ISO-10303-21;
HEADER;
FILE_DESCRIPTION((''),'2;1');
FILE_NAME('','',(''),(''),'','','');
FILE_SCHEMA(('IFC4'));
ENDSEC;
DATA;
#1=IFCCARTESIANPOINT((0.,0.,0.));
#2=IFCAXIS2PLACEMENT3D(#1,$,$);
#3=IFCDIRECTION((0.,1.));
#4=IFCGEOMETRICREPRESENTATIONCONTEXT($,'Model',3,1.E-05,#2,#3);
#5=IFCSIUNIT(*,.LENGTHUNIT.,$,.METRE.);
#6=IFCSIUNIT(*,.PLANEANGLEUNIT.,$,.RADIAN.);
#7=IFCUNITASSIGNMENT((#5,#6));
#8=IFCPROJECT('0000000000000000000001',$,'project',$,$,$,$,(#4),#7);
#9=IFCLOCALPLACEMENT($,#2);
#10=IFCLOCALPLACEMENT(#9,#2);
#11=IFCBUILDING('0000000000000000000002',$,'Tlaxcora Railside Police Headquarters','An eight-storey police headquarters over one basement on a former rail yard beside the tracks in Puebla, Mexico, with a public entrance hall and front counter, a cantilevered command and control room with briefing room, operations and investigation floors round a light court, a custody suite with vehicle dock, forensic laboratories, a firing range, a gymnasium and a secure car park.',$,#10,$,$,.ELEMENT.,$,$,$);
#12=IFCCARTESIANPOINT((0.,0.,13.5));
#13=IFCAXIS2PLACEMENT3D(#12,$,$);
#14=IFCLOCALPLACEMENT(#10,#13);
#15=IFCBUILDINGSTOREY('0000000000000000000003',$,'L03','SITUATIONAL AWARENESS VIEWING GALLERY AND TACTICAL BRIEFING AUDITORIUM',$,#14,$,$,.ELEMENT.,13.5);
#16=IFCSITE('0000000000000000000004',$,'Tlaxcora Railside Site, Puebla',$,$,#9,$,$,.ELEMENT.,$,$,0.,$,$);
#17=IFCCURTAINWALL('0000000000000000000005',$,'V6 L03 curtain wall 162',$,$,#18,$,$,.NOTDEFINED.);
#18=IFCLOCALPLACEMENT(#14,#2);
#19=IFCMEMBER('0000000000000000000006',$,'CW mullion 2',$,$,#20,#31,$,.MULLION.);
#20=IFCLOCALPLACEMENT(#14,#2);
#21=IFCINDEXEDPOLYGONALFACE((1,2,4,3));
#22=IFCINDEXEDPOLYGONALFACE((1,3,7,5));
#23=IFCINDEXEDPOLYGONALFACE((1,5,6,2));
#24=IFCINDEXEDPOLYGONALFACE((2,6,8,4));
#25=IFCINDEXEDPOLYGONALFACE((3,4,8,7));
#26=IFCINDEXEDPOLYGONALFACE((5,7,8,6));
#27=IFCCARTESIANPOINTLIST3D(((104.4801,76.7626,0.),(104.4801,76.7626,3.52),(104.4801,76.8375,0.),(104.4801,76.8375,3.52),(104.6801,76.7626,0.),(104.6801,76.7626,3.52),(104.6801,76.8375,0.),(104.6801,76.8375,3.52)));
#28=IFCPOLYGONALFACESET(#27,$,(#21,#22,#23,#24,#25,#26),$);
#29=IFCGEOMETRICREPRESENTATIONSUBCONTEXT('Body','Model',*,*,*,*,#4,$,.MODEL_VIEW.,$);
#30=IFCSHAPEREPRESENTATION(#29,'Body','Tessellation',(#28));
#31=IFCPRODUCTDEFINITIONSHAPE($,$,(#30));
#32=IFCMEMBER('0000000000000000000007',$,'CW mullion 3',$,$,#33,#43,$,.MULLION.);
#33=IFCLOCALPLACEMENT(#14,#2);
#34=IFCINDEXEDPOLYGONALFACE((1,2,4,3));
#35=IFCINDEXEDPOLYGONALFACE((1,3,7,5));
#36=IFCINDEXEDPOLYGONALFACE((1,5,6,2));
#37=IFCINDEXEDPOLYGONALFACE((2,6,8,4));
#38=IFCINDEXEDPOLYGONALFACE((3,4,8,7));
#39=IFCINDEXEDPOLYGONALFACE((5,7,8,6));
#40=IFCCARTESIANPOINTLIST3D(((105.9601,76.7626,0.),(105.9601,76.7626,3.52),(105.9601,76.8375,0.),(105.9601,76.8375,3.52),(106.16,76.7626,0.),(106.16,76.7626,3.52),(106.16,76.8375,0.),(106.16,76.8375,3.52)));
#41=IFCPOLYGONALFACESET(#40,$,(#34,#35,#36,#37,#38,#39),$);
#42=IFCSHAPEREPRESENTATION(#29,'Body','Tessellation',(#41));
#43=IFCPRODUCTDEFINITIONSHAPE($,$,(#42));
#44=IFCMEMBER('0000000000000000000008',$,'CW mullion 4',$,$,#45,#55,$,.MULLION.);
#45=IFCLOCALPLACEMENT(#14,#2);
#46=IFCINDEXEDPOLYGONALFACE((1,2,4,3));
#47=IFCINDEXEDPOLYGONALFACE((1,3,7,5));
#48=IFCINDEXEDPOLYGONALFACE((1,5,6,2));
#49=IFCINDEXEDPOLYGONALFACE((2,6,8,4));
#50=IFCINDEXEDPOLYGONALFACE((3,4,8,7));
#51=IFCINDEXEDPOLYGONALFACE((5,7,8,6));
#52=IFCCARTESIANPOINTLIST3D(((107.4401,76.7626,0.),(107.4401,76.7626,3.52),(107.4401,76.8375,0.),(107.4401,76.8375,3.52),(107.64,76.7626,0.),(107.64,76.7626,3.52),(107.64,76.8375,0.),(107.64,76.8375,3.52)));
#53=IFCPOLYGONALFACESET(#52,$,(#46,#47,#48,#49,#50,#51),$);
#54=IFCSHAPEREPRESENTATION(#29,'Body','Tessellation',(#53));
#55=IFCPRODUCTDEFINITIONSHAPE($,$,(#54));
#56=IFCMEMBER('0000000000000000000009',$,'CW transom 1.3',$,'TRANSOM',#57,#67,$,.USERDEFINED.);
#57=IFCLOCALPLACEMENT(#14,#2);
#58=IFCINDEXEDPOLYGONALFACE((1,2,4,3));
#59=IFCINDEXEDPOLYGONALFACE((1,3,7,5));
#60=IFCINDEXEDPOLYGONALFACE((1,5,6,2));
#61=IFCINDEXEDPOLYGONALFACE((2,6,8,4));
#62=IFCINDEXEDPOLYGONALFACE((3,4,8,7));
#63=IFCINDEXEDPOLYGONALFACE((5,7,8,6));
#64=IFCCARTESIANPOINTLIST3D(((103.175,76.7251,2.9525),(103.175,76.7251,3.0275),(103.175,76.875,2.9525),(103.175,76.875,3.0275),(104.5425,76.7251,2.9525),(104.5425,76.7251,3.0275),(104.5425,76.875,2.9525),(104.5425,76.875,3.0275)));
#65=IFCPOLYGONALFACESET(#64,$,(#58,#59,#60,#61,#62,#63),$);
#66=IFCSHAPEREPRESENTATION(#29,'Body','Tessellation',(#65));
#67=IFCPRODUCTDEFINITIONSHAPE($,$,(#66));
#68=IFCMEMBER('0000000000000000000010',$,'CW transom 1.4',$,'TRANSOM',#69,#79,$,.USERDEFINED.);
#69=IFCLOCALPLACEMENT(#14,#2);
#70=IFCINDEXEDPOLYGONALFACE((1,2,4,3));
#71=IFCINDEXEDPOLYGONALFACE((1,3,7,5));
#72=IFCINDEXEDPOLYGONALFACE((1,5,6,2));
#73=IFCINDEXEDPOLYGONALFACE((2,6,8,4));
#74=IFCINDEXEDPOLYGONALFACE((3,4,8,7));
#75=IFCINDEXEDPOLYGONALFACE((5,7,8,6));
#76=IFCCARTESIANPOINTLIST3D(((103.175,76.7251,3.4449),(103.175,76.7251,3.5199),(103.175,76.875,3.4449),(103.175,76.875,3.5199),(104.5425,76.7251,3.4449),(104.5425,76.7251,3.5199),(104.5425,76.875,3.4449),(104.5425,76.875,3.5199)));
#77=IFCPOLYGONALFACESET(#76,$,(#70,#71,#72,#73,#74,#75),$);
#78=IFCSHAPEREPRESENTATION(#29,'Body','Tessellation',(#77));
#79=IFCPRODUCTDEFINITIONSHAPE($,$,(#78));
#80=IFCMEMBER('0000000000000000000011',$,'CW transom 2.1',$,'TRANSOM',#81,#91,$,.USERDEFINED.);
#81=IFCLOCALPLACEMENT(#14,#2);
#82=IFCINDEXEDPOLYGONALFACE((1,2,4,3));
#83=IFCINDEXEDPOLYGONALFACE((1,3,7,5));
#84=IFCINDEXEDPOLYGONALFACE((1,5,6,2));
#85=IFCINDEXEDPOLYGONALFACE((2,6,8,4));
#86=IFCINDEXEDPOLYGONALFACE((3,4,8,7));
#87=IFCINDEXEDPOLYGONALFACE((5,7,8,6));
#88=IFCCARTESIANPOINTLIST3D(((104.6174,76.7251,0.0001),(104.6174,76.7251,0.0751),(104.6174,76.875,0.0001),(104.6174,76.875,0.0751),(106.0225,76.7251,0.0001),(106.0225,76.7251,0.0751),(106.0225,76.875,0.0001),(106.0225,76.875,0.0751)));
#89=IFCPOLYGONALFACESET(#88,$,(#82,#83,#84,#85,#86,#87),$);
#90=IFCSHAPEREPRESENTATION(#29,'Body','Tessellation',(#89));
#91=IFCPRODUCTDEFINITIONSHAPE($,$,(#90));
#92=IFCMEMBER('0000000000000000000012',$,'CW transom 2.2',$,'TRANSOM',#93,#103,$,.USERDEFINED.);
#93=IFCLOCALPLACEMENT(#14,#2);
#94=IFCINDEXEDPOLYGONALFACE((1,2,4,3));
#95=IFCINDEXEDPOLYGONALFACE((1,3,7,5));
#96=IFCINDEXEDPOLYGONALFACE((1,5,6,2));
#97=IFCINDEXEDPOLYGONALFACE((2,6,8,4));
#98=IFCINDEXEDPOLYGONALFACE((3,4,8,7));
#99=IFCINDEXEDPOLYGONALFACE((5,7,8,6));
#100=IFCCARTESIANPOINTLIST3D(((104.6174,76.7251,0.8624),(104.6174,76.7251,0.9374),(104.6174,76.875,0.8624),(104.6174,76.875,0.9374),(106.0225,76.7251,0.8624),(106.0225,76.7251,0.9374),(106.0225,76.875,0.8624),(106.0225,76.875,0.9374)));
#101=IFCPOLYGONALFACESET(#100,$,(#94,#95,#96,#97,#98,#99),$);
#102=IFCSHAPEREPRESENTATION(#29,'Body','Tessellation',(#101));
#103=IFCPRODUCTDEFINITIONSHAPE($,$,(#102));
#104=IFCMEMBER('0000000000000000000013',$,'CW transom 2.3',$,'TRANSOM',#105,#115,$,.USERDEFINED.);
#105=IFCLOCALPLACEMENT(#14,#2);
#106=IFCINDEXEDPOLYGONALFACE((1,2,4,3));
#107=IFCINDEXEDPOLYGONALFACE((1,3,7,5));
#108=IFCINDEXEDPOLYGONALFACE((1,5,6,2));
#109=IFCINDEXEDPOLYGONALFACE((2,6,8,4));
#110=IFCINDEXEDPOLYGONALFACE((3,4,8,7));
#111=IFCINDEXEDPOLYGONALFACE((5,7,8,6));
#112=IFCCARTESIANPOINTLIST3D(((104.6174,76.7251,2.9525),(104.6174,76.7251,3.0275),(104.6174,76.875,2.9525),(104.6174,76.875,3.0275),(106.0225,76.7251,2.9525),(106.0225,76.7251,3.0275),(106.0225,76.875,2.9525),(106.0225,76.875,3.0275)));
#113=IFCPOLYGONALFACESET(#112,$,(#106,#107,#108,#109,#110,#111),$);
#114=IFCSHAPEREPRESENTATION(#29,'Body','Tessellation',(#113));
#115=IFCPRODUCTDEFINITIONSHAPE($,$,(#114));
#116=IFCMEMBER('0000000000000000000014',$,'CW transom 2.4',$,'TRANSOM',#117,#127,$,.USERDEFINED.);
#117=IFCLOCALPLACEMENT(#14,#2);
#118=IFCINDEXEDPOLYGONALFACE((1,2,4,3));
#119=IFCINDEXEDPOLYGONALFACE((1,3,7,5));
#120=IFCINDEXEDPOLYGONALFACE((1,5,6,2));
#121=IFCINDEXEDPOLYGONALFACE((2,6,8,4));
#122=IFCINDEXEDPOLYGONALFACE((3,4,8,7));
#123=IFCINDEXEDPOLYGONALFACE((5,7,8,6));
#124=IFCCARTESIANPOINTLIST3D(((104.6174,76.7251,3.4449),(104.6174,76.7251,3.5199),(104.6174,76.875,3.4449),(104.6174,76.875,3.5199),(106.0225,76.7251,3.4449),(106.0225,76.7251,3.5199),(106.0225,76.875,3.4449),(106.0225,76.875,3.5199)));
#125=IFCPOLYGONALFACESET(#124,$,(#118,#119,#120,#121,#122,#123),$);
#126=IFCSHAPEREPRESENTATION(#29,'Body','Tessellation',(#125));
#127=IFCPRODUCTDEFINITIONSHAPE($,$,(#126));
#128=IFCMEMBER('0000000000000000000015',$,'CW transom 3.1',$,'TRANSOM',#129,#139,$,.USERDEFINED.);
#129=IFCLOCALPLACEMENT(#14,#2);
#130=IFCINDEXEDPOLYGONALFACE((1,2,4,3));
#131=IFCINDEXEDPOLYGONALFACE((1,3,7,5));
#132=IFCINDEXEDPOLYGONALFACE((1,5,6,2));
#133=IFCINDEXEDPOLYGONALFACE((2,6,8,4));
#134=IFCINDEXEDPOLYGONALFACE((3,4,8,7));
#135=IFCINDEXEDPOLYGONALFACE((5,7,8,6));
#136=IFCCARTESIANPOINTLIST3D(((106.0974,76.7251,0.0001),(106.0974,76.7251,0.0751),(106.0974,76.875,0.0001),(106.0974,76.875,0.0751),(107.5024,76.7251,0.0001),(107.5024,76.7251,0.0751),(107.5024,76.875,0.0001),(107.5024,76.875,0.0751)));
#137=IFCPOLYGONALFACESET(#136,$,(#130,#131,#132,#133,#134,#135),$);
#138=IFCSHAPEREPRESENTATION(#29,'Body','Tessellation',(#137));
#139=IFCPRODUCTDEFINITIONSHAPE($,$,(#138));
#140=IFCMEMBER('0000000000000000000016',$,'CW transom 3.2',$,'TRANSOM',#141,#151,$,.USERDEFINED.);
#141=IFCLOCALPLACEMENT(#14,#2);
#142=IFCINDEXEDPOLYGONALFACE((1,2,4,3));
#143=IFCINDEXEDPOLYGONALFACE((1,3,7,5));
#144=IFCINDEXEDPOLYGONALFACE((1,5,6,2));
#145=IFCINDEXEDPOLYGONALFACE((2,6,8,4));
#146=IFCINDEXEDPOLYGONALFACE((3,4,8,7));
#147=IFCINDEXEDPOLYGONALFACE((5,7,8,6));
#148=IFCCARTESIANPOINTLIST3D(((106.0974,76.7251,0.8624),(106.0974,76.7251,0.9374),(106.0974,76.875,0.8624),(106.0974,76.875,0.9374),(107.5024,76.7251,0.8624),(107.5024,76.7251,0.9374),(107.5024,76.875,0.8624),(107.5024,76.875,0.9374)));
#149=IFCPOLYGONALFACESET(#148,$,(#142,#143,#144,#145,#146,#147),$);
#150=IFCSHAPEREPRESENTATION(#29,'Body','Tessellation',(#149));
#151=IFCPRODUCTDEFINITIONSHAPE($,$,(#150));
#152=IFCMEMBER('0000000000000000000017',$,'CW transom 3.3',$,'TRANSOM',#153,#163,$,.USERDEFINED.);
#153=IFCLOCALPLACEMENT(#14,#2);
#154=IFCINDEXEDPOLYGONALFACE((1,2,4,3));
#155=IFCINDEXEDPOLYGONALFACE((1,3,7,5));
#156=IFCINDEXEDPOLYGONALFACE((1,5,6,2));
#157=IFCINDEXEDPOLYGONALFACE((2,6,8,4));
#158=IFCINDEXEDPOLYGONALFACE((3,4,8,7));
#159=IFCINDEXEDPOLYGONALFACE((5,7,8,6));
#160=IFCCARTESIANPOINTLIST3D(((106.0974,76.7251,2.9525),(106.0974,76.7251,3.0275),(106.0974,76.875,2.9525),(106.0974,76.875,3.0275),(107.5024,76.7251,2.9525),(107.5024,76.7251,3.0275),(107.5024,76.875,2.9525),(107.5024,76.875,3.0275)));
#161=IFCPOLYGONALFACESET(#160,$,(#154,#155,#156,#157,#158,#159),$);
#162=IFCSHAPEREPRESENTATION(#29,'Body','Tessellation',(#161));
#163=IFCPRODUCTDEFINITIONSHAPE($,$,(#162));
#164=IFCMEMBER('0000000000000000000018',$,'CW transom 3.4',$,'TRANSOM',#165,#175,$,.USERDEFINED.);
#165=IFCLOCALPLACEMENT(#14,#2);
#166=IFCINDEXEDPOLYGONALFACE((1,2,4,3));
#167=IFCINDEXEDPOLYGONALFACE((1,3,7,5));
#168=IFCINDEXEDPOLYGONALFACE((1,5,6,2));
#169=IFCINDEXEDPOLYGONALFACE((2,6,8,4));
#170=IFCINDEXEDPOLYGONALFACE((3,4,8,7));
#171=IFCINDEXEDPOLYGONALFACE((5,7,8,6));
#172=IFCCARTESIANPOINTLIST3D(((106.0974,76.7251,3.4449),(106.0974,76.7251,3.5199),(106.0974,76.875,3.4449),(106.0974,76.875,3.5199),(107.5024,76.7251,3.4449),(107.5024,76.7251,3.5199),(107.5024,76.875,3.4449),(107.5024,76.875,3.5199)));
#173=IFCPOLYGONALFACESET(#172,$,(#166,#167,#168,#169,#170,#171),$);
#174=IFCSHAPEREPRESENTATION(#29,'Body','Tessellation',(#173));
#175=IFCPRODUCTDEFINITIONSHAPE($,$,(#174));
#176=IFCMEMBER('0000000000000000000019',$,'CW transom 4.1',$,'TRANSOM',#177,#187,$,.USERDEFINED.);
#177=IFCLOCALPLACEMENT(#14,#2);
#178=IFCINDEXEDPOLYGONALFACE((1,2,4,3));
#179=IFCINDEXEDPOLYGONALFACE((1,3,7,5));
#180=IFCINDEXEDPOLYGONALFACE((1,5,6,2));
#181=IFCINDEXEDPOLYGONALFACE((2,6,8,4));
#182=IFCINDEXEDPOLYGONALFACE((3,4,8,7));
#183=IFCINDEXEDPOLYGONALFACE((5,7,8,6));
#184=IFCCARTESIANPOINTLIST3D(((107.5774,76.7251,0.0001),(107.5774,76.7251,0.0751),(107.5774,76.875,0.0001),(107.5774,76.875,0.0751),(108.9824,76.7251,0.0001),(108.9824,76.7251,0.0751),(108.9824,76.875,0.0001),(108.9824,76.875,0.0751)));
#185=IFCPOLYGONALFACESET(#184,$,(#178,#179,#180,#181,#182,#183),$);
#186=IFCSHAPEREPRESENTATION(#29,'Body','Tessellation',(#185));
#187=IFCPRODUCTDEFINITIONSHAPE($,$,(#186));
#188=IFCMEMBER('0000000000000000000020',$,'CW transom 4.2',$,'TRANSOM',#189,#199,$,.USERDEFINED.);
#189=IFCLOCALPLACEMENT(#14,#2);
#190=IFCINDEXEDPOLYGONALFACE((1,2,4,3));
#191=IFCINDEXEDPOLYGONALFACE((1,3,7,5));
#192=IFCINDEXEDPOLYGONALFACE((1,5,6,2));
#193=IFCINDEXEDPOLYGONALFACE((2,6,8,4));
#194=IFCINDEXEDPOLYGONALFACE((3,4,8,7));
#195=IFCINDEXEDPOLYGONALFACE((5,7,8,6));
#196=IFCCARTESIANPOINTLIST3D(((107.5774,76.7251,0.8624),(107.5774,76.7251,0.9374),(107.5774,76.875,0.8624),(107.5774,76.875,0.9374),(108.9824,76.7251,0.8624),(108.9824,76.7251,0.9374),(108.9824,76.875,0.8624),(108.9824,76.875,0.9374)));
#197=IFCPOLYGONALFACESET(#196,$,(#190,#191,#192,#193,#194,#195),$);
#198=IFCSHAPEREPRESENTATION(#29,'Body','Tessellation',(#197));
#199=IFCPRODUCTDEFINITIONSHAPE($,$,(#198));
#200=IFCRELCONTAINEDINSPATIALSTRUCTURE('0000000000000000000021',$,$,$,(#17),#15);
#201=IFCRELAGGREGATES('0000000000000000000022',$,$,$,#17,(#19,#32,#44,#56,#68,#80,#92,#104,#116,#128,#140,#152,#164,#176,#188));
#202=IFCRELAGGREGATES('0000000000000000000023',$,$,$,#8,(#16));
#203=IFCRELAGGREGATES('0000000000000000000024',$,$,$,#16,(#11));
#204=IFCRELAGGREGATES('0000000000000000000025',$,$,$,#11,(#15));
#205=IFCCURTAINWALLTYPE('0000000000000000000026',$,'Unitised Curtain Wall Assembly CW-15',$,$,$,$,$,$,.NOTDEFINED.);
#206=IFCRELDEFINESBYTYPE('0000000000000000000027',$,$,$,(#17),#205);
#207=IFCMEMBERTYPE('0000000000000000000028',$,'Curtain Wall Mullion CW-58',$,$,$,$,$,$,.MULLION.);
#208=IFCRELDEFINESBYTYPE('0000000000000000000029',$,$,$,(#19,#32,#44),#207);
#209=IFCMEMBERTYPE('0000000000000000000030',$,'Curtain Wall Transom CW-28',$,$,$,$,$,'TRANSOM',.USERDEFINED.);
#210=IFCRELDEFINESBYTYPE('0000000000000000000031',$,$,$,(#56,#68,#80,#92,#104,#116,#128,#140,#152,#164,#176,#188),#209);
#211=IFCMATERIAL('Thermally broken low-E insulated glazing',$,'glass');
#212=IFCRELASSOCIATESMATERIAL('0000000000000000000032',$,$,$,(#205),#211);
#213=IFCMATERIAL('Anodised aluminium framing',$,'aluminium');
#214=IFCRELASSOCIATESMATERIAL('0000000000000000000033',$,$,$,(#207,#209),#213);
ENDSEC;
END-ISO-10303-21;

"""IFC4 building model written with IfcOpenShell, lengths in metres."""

from ifc_helpers import new_model, si_unit, direction, frame, origin, origin_2d, place, context, subcontext, project, spatial, rectangle, extrude, material, material_profile, profile_set, type_object, element, aggregate, save


model = new_model("IFC4")

# Units and contexts
model_context = context("Model", 3, precision=1e-05, world=origin(), true_north=direction((0.0, 1.0)))
body_context = subcontext(model_context, "Body", "Model", "MODEL_VIEW")
ifc_project = project(units=[si_unit("LENGTHUNIT", "METRE"), si_unit("PLANEANGLEUNIT", "RADIAN")], contexts=[model_context])

# Site, building, storey
site_placement = place(None, origin())
site = spatial("IfcSite", under=ifc_project, at=site_placement, Name="Tlaxcora Railside Site, Puebla", CompositionType="ELEMENT", RefElevation=0.0)
building_placement = place(site_placement, origin())
building = spatial("IfcBuilding", under=site, at=building_placement, Name="Tlaxcora Railside Police Headquarters", Description="An eight-storey police headquarters over one basement on a former rail yard beside the tracks in Puebla, Mexico, with a public entrance hall and front counter, a cantilevered command and control room with briefing room, operations and investigation floors round a light court, a custody suite with vehicle dock, forensic laboratories, a firing range, a gymnasium and a secure car park.", CompositionType="ELEMENT")
storey_placement = place(building_placement, frame((0.0, 0.0, 13.5)))
storey = spatial("IfcBuildingStorey", under=building, at=storey_placement, Name="L03", Description="SITUATIONAL AWARENESS VIEWING GALLERY AND TACTICAL BRIEFING AUDITORIUM", CompositionType="ELEMENT", Elevation=13.5)

# Curtain wall, members
ifc_material_1 = material(Name="Thermally broken low-E insulated glazing", Category="glass")
curtain_wall_type = type_object("IfcCurtainWallType", Name="Unitised Curtain Wall Assembly CW-15", PredefinedType="NOTDEFINED", material=ifc_material_1)
curtain_wall_placement = place(storey_placement, origin())
curtain_wall = element("IfcCurtainWall", 1, at=curtain_wall_placement, inside=storey, type_object=curtain_wall_type, Name="V6 L03 curtain wall 162", PredefinedType="NOTDEFINED")
ifc_material_2 = material(Name="Anodised aluminium framing", Category="aluminium")
ifc_material_profile_1 = material_profile(ifc_material_2, rectangle(XDim=0.075, YDim=0.2, at=origin_2d()), Name="AL75X200")
ifc_profile_set_1 = profile_set([ifc_material_profile_1], Name="Anodised aluminium framing")
member_type_1 = type_object("IfcMemberType", Name="Curtain Wall Mullion CW-58", PredefinedType="MULLION", material=ifc_profile_set_1)
member_1_placement = place(storey_placement, frame((104.5801, 76.8, 0.0), z_axis=(0.0, 0.0, 1.0), x_axis=(0.0, 1.0, 0.0)))
member_1 = element("IfcMember", 2, at=member_1_placement, type_object=member_type_1, Name="CW mullion 2", PredefinedType="MULLION", context=body_context, shape_type="SweptSolid", body=[
    extrude(rectangle(XDim=0.075, YDim=0.2, at=origin_2d()), origin(), (0.0, 0.0, 1.0), 3.52),
])
member_2_placement = place(storey_placement, frame((106.0601, 76.8, 0.0), z_axis=(0.0, 0.0, 1.0), x_axis=(0.0, 1.0, 0.0)))
member_2 = element("IfcMember", 3, at=member_2_placement, type_object=member_type_1, Name="CW mullion 3", PredefinedType="MULLION", context=body_context, shape_type="SweptSolid", body=[
    extrude(rectangle(XDim=0.075, YDim=0.2, at=origin_2d()), origin(), (0.0, 0.0, 1.0), 3.52),
])
member_3_placement = place(storey_placement, frame((107.54, 76.8, 0.0), z_axis=(0.0, 0.0, 1.0), x_axis=(0.0, 1.0, 0.0)))
member_3 = element("IfcMember", 4, at=member_3_placement, type_object=member_type_1, Name="CW mullion 4", PredefinedType="MULLION", context=body_context, shape_type="SweptSolid", body=[
    extrude(rectangle(XDim=0.075, YDim=0.2, at=origin_2d()), origin(), (0.0, 0.0, 1.0), 3.52),
])
ifc_material_profile_2 = material_profile(ifc_material_2, rectangle(XDim=0.1499, YDim=0.075, at=origin_2d()), Name="AL75X150")
ifc_profile_set_2 = profile_set([ifc_material_profile_2], Name="Anodised aluminium framing")
member_type_2 = type_object("IfcMemberType", Name="Curtain Wall Transom CW-28", ElementType="TRANSOM", PredefinedType="USERDEFINED", material=ifc_profile_set_2)
member_4_placement = place(storey_placement, frame((103.175, 76.8, 2.99), z_axis=(1.0, 0.0, 0.0), x_axis=(0.0, 1.0, 0.0)))
member_4 = element("IfcMember", 5, at=member_4_placement, type_object=member_type_2, Name="CW transom 1.3", ObjectType="TRANSOM", PredefinedType="USERDEFINED", context=body_context, shape_type="SweptSolid", body=[
    extrude(rectangle(XDim=0.1499, YDim=0.075, at=origin_2d()), origin(), (0.0, 0.0, 1.0), 1.3674),
])
member_5_placement = place(storey_placement, frame((103.175, 76.8, 3.4824), z_axis=(1.0, 0.0, 0.0), x_axis=(0.0, 1.0, 0.0)))
member_5 = element("IfcMember", 6, at=member_5_placement, type_object=member_type_2, Name="CW transom 1.4", ObjectType="TRANSOM", PredefinedType="USERDEFINED", context=body_context, shape_type="SweptSolid", body=[
    extrude(rectangle(XDim=0.1499, YDim=0.075, at=origin_2d()), origin(), (0.0, 0.0, 1.0), 1.3674),
])
member_6_placement = place(storey_placement, frame((104.6174, 76.8, 0.0376), z_axis=(1.0, 0.0, 0.0), x_axis=(0.0, 1.0, 0.0)))
member_6 = element("IfcMember", 7, at=member_6_placement, type_object=member_type_2, Name="CW transom 2.1", ObjectType="TRANSOM", PredefinedType="USERDEFINED", context=body_context, shape_type="SweptSolid", body=[
    extrude(rectangle(XDim=0.1499, YDim=0.075, at=origin_2d()), origin(), (0.0, 0.0, 1.0), 1.405),
])
member_7_placement = place(storey_placement, frame((104.6174, 76.8, 0.8999), z_axis=(1.0, 0.0, 0.0), x_axis=(0.0, 1.0, 0.0)))
member_7 = element("IfcMember", 8, at=member_7_placement, type_object=member_type_2, Name="CW transom 2.2", ObjectType="TRANSOM", PredefinedType="USERDEFINED", context=body_context, shape_type="SweptSolid", body=[
    extrude(rectangle(XDim=0.1499, YDim=0.075, at=origin_2d()), origin(), (0.0, 0.0, 1.0), 1.405),
])
member_8_placement = place(storey_placement, frame((104.6174, 76.8, 2.99), z_axis=(1.0, 0.0, 0.0), x_axis=(0.0, 1.0, 0.0)))
member_8 = element("IfcMember", 9, at=member_8_placement, type_object=member_type_2, Name="CW transom 2.3", ObjectType="TRANSOM", PredefinedType="USERDEFINED", context=body_context, shape_type="SweptSolid", body=[
    extrude(rectangle(XDim=0.1499, YDim=0.075, at=origin_2d()), origin(), (0.0, 0.0, 1.0), 1.405),
])
member_9_placement = place(storey_placement, frame((104.6174, 76.8, 3.4824), z_axis=(1.0, 0.0, 0.0), x_axis=(0.0, 1.0, 0.0)))
member_9 = element("IfcMember", 10, at=member_9_placement, type_object=member_type_2, Name="CW transom 2.4", ObjectType="TRANSOM", PredefinedType="USERDEFINED", context=body_context, shape_type="SweptSolid", body=[
    extrude(rectangle(XDim=0.1499, YDim=0.075, at=origin_2d()), origin(), (0.0, 0.0, 1.0), 1.405),
])
member_10_placement = place(storey_placement, frame((106.0974, 76.8, 0.0376), z_axis=(1.0, 0.0, 0.0), x_axis=(0.0, 1.0, 0.0)))
member_10 = element("IfcMember", 11, at=member_10_placement, type_object=member_type_2, Name="CW transom 3.1", ObjectType="TRANSOM", PredefinedType="USERDEFINED", context=body_context, shape_type="SweptSolid", body=[
    extrude(rectangle(XDim=0.1499, YDim=0.075, at=origin_2d()), origin(), (0.0, 0.0, 1.0), 1.405),
])
member_11_placement = place(storey_placement, frame((106.0974, 76.8, 0.8999), z_axis=(1.0, 0.0, 0.0), x_axis=(0.0, 1.0, 0.0)))
member_11 = element("IfcMember", 12, at=member_11_placement, type_object=member_type_2, Name="CW transom 3.2", ObjectType="TRANSOM", PredefinedType="USERDEFINED", context=body_context, shape_type="SweptSolid", body=[
    extrude(rectangle(XDim=0.1499, YDim=0.075, at=origin_2d()), origin(), (0.0, 0.0, 1.0), 1.405),
])
member_12_placement = place(storey_placement, frame((106.0974, 76.8, 2.99), z_axis=(1.0, 0.0, 0.0), x_axis=(0.0, 1.0, 0.0)))
member_12 = element("IfcMember", 13, at=member_12_placement, type_object=member_type_2, Name="CW transom 3.3", ObjectType="TRANSOM", PredefinedType="USERDEFINED", context=body_context, shape_type="SweptSolid", body=[
    extrude(rectangle(XDim=0.1499, YDim=0.075, at=origin_2d()), origin(), (0.0, 0.0, 1.0), 1.405),
])
member_13_placement = place(storey_placement, frame((106.0974, 76.8, 3.4824), z_axis=(1.0, 0.0, 0.0), x_axis=(0.0, 1.0, 0.0)))
member_13 = element("IfcMember", 14, at=member_13_placement, type_object=member_type_2, Name="CW transom 3.4", ObjectType="TRANSOM", PredefinedType="USERDEFINED", context=body_context, shape_type="SweptSolid", body=[
    extrude(rectangle(XDim=0.1499, YDim=0.075, at=origin_2d()), origin(), (0.0, 0.0, 1.0), 1.405),
])
member_14_placement = place(storey_placement, frame((107.5774, 76.8, 0.0376), z_axis=(1.0, 0.0, 0.0), x_axis=(0.0, 1.0, 0.0)))
member_14 = element("IfcMember", 15, at=member_14_placement, type_object=member_type_2, Name="CW transom 4.1", ObjectType="TRANSOM", PredefinedType="USERDEFINED", context=body_context, shape_type="SweptSolid", body=[
    extrude(rectangle(XDim=0.1499, YDim=0.075, at=origin_2d()), origin(), (0.0, 0.0, 1.0), 1.405),
])
member_15_placement = place(storey_placement, frame((107.5774, 76.8, 0.8999), z_axis=(1.0, 0.0, 0.0), x_axis=(0.0, 1.0, 0.0)))
member_15 = element("IfcMember", 16, at=member_15_placement, type_object=member_type_2, Name="CW transom 4.2", ObjectType="TRANSOM", PredefinedType="USERDEFINED", context=body_context, shape_type="SweptSolid", body=[
    extrude(rectangle(XDim=0.1499, YDim=0.075, at=origin_2d()), origin(), (0.0, 0.0, 1.0), 1.405),
])
aggregate(curtain_wall, [member_1, member_2, member_3, member_4, member_5, member_6, member_7, member_8, member_9, member_10, member_11, member_12, member_13, member_14, member_15])

save(model, "model.ifc")
